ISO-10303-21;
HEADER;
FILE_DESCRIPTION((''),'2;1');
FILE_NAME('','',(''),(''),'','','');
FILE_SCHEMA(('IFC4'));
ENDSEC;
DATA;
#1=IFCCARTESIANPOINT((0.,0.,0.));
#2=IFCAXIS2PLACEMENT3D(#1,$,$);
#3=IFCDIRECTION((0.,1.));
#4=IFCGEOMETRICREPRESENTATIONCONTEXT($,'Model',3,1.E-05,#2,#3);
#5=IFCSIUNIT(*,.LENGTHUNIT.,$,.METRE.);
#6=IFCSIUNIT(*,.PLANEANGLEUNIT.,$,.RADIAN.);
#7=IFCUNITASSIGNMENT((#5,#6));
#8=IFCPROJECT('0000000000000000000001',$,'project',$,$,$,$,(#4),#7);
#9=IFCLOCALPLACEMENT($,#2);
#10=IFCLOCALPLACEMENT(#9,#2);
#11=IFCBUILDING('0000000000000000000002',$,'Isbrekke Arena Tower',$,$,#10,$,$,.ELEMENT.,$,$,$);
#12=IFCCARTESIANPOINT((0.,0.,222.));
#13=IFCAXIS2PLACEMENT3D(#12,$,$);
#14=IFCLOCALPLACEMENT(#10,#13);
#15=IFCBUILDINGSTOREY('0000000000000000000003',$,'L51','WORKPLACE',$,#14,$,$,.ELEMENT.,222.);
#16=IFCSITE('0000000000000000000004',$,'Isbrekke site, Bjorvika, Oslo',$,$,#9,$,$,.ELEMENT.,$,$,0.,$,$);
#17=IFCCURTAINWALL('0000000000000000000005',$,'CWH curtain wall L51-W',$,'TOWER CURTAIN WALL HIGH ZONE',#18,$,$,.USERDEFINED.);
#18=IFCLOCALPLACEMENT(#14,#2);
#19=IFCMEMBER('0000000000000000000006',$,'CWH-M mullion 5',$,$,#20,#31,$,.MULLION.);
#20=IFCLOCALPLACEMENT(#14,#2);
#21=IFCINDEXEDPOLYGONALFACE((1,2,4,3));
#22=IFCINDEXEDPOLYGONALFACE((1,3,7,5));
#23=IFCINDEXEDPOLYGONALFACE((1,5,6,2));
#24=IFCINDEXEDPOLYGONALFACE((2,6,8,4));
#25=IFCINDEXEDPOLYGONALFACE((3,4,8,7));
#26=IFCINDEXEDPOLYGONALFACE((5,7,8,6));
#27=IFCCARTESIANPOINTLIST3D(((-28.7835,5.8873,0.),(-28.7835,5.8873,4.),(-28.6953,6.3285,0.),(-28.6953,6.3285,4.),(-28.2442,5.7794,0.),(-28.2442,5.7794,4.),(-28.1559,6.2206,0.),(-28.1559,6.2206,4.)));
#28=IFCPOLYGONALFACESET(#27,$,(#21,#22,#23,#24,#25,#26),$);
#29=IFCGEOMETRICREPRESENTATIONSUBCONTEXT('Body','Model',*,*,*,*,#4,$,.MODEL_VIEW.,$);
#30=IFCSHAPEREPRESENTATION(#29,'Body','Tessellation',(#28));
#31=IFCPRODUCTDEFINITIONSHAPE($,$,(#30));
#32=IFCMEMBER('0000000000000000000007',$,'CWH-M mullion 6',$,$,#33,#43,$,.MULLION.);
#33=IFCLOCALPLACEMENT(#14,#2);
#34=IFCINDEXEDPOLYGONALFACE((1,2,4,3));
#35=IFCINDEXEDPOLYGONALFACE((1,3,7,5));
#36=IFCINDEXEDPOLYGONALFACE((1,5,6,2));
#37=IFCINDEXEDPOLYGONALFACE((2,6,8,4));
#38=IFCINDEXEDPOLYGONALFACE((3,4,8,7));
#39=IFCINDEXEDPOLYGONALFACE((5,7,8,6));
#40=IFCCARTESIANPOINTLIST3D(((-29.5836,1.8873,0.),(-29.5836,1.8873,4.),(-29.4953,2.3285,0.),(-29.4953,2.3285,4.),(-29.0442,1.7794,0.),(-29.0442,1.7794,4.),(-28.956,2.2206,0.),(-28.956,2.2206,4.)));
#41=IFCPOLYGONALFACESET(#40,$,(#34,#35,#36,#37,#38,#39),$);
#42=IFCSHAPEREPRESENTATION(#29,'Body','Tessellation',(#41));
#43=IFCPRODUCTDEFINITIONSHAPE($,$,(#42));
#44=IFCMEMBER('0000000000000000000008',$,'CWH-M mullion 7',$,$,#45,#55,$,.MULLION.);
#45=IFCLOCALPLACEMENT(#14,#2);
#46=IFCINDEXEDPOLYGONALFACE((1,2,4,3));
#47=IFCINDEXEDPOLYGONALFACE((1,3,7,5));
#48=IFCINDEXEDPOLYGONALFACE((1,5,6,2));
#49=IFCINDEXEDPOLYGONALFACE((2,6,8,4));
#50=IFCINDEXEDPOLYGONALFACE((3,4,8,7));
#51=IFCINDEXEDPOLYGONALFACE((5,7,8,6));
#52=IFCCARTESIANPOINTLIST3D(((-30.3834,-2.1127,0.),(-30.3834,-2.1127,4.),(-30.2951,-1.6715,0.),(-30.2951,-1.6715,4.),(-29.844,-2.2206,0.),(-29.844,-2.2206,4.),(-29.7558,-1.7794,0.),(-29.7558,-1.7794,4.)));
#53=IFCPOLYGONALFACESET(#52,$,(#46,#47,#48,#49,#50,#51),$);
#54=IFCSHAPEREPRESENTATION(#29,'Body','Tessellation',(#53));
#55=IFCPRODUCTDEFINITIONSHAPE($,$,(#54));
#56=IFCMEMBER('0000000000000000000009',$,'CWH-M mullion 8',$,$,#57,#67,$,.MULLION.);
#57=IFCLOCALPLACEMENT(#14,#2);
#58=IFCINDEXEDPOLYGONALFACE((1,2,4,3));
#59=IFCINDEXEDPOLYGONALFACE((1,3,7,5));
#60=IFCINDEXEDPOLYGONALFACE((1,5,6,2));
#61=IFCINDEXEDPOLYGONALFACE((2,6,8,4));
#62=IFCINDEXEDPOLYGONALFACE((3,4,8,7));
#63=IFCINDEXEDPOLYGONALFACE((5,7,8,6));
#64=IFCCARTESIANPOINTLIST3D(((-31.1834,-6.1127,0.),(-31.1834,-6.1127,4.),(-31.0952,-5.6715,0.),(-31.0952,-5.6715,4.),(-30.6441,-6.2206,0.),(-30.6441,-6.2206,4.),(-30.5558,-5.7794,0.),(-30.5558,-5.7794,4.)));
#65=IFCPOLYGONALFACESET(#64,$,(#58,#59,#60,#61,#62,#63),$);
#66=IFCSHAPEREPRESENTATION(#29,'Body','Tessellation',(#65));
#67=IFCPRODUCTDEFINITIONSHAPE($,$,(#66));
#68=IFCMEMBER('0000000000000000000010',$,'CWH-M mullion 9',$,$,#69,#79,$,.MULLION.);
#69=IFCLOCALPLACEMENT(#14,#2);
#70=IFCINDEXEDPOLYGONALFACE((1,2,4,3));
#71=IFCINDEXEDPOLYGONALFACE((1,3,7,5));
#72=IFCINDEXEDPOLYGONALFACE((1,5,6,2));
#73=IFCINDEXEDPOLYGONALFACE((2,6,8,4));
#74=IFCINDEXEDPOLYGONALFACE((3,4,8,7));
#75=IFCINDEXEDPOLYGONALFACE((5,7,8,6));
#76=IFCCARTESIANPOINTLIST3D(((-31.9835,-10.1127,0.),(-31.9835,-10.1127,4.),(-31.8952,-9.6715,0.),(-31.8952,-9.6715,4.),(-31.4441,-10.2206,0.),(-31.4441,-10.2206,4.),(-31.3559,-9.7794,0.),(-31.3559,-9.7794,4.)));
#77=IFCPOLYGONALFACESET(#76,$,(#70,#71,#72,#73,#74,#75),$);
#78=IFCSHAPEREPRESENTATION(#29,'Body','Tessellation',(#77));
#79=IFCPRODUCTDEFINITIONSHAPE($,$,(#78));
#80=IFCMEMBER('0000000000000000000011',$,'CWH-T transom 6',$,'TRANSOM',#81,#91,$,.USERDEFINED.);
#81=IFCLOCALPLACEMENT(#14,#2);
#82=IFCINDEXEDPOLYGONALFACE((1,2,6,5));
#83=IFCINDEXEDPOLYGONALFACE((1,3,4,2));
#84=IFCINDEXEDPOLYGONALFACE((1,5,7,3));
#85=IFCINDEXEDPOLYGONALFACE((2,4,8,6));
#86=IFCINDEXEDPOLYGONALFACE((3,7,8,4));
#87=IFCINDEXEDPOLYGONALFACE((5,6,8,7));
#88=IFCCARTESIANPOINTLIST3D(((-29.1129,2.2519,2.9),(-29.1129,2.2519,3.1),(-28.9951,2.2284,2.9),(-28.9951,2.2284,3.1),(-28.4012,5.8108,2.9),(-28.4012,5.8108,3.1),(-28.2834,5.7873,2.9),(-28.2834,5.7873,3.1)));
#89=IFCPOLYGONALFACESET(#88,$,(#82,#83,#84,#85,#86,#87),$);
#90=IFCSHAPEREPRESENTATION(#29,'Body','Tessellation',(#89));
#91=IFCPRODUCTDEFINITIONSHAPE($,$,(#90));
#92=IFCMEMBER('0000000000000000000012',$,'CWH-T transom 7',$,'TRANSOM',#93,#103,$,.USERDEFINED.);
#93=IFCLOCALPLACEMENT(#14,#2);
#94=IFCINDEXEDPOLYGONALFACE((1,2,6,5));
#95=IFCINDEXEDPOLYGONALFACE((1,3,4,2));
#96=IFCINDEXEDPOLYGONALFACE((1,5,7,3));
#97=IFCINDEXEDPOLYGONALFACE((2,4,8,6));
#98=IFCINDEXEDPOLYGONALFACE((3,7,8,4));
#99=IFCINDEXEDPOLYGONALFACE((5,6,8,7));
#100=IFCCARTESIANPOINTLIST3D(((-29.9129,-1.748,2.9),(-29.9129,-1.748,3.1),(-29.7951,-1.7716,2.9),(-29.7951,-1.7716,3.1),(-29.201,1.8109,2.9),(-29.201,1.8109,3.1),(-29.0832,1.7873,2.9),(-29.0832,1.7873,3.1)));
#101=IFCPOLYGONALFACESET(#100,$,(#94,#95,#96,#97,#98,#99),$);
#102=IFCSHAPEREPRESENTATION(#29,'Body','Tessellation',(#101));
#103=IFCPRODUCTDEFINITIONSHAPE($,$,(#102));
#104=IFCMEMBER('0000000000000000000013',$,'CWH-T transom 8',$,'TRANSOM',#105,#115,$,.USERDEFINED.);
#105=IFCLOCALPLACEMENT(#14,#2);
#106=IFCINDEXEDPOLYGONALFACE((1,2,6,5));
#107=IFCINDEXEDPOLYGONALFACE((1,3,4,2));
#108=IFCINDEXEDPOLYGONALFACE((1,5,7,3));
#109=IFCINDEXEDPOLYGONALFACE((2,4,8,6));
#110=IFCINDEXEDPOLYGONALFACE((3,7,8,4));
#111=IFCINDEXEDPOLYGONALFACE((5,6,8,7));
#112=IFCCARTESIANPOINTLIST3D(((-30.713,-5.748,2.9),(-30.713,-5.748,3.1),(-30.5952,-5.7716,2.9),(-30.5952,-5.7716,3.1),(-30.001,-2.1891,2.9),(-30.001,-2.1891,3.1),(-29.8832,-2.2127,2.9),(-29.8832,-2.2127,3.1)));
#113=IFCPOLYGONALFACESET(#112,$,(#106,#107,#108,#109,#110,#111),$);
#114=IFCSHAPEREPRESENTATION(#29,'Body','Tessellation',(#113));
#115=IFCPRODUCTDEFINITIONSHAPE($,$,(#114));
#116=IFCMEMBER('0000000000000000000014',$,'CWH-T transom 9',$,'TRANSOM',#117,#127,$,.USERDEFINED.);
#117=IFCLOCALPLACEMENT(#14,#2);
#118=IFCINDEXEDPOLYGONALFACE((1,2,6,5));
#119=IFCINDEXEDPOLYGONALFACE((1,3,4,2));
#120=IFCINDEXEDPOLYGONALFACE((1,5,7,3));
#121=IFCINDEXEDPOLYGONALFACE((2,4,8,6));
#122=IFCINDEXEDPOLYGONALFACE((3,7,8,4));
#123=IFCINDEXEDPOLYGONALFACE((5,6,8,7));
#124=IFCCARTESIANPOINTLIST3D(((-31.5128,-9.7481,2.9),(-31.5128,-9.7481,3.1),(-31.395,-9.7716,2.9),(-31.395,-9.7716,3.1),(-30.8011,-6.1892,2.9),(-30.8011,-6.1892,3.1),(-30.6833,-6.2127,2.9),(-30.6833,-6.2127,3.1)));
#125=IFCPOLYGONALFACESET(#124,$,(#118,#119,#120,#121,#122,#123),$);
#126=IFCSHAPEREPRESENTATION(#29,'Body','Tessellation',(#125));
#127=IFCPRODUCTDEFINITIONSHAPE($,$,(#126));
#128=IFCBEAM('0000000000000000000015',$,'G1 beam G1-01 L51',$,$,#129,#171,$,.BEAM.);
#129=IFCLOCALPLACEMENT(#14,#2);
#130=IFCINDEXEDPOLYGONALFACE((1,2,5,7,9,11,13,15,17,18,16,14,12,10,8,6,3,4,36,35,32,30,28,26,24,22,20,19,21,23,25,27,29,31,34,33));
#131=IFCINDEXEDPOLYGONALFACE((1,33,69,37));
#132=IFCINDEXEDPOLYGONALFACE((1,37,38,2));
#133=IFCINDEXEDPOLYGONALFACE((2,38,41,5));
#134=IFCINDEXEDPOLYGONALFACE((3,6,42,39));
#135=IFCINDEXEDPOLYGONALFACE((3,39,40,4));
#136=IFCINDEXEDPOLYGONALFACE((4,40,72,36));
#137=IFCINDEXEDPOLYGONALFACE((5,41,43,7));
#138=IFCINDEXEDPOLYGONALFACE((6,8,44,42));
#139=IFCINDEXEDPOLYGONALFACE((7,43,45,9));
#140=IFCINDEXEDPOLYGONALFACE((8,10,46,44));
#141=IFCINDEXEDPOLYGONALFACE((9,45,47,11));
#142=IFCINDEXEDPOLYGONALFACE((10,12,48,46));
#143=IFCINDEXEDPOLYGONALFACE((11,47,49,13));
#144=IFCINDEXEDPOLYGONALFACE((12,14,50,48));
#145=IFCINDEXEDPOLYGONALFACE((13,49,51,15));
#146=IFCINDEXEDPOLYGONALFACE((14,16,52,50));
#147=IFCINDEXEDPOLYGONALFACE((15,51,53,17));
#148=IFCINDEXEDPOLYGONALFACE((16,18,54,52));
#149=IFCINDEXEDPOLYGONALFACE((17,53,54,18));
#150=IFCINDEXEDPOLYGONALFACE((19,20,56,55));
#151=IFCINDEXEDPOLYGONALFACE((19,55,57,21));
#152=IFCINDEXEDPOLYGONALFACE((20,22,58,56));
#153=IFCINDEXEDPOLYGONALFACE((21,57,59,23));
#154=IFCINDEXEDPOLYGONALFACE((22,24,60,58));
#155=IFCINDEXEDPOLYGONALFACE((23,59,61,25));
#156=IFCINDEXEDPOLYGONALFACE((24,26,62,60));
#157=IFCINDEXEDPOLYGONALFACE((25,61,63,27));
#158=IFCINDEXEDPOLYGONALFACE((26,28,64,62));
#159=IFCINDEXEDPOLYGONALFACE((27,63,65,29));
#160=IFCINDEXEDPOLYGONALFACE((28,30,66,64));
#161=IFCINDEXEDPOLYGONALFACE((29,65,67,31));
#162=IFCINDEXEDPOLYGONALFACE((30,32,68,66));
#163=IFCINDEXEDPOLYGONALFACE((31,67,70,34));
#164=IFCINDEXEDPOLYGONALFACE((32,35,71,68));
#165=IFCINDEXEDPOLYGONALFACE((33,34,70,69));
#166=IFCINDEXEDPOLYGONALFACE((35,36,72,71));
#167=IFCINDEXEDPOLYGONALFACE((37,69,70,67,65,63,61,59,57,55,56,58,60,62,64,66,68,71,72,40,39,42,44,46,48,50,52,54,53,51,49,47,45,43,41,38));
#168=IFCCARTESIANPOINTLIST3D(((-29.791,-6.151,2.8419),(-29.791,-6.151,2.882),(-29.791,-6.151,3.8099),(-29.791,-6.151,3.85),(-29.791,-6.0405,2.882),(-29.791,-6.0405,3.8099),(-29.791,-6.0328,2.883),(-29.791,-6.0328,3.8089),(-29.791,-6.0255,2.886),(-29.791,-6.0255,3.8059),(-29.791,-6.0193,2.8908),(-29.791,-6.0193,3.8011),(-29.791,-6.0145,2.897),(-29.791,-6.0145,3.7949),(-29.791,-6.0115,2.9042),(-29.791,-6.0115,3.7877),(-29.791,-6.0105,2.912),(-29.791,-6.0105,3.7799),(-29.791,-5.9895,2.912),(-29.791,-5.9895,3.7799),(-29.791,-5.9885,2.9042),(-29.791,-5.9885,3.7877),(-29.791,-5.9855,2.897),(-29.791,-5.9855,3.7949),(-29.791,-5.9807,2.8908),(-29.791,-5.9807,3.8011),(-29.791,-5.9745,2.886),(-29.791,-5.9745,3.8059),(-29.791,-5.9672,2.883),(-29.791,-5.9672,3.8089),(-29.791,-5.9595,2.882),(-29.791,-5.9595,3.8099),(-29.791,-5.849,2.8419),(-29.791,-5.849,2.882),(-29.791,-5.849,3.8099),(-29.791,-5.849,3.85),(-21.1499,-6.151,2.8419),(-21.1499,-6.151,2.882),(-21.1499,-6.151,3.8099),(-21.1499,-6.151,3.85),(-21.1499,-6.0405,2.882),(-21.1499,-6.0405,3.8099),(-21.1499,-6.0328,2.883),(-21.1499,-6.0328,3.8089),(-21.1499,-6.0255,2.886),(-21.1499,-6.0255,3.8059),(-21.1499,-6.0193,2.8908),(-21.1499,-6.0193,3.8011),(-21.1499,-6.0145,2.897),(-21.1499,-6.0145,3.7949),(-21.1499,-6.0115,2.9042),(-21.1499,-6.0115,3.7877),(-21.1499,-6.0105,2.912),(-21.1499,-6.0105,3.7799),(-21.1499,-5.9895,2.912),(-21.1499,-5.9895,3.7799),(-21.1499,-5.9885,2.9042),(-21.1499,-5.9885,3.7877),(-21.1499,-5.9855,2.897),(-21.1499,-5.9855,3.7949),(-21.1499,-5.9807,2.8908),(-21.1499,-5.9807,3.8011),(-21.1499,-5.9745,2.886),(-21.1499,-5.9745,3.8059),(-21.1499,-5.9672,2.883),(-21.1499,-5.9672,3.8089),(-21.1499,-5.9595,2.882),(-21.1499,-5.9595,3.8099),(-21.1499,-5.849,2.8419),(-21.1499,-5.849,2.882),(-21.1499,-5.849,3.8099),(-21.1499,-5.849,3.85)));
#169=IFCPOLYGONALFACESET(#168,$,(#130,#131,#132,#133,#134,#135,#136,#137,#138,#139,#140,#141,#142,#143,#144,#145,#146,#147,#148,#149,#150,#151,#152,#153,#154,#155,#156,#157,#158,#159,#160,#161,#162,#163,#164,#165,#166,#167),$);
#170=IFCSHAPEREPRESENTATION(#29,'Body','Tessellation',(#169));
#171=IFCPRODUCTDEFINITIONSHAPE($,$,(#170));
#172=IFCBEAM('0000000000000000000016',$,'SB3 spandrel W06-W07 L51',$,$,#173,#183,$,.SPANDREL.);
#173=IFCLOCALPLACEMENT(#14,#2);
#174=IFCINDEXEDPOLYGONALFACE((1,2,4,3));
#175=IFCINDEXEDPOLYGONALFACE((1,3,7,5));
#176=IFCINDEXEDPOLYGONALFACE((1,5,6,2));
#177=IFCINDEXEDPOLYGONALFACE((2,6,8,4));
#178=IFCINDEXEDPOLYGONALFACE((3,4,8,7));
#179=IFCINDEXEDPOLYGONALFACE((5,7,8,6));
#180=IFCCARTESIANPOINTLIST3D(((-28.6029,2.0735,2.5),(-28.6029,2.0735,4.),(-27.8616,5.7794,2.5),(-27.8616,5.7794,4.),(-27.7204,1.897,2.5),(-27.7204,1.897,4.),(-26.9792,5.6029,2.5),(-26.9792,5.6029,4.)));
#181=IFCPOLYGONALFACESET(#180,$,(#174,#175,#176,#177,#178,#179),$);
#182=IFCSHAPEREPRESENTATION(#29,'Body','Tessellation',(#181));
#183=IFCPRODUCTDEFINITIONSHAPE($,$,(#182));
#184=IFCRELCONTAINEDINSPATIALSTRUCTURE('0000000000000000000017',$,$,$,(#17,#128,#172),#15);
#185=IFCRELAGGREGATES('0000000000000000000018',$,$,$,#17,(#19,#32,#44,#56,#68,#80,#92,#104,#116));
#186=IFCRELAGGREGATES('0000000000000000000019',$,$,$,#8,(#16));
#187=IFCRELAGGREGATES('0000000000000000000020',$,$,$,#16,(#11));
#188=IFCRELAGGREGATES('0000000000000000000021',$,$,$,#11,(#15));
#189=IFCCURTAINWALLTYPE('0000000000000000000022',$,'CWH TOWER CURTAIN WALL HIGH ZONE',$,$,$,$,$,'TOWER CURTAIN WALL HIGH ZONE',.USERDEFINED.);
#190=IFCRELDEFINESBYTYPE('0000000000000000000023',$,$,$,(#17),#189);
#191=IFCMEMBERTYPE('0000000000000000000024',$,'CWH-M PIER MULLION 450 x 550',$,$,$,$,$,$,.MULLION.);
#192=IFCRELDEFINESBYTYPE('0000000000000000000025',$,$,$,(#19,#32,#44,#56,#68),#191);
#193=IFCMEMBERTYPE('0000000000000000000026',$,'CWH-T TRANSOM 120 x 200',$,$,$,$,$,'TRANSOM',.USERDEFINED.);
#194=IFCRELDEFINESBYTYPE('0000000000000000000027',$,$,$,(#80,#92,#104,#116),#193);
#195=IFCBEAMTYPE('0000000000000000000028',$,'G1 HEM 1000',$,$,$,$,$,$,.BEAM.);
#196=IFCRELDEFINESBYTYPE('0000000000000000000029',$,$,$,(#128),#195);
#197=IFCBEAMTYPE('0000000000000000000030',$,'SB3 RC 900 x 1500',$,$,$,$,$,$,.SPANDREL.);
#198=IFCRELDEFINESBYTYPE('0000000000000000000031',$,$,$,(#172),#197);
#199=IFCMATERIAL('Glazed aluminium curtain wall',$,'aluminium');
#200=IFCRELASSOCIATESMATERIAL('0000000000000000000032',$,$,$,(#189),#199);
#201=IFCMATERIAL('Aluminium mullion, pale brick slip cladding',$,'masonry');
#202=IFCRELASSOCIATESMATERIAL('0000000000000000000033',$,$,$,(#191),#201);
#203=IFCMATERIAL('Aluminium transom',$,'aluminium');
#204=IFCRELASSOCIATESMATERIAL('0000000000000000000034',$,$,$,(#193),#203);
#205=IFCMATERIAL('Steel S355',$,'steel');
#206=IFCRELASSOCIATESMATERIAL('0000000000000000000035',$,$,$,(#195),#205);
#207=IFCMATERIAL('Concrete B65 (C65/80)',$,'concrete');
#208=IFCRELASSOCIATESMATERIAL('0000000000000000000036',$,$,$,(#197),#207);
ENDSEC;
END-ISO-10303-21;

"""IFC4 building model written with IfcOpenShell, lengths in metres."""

from ifc_helpers import new_model, si_unit, direction, frame, origin, origin_2d, place, context, subcontext, project, spatial, rectangle, i_section, extrude, material, material_profile, profile_set, type_object, element, aggregate, save


model = new_model("IFC4")

# Units and contexts
model_context = context("Model", 3, precision=1e-05, world=origin(), true_north=direction((0.0, 1.0)))
body_context = subcontext(model_context, "Body", "Model", "MODEL_VIEW")
ifc_project = project(units=[si_unit("LENGTHUNIT", "METRE"), si_unit("PLANEANGLEUNIT", "RADIAN")], contexts=[model_context])

# Site, building, storey
site_placement = place(None, origin())
site = spatial("IfcSite", under=ifc_project, at=site_placement, Name="Isbrekke site, Bjorvika, Oslo", CompositionType="ELEMENT", RefElevation=0.0)
building_placement = place(site_placement, origin())
building = spatial("IfcBuilding", under=site, at=building_placement, Name="Isbrekke Arena Tower", CompositionType="ELEMENT")
storey_placement = place(building_placement, frame((0.0, 0.0, 222.0)))
storey = spatial("IfcBuildingStorey", under=building, at=storey_placement, Name="L51", Description="WORKPLACE", CompositionType="ELEMENT", Elevation=222.0)

# Curtain wall, members
ifc_material_1 = material(Name="Glazed aluminium curtain wall", Category="aluminium")
curtain_wall_type = type_object("IfcCurtainWallType", Name="CWH TOWER CURTAIN WALL HIGH ZONE", ElementType="TOWER CURTAIN WALL HIGH ZONE", PredefinedType="USERDEFINED", material=ifc_material_1)
curtain_wall_placement = place(storey_placement, origin())
curtain_wall = element("IfcCurtainWall", 1, at=curtain_wall_placement, inside=storey, type_object=curtain_wall_type, Name="CWH curtain wall L51-W", ObjectType="TOWER CURTAIN WALL HIGH ZONE", PredefinedType="USERDEFINED")
ifc_material_2 = material(Name="Aluminium mullion, pale brick slip cladding", Category="masonry")
ifc_material_profile_1 = material_profile(ifc_material_2, rectangle(XDim=0.45, YDim=0.55, at=origin_2d()), Name="PIER 450X550")
ifc_profile_set_1 = profile_set([ifc_material_profile_1], Name="Aluminium mullion, pale brick slip cladding")
member_type_1 = type_object("IfcMemberType", Name="CWH-M PIER MULLION 450 x 550", PredefinedType="MULLION", material=ifc_profile_set_1)
member_1_placement = place(storey_placement, frame((-28.4697, 6.054, 0.0), z_axis=(0.0, 0.0, 1.0), x_axis=(-0.196116, -0.980581, 0.0)))
member_1 = element("IfcMember", 2, at=member_1_placement, type_object=member_type_1, Name="CWH-M mullion 5", PredefinedType="MULLION", context=body_context, shape_type="SweptSolid", body=[
    extrude(rectangle(XDim=0.45, YDim=0.55, at=origin_2d()), origin(), (0.0, 0.0, 1.0), 4.0),
])
member_2_placement = place(storey_placement, frame((-29.2698, 2.054, 0.0), z_axis=(0.0, 0.0, 1.0), x_axis=(-0.196116, -0.980581, 0.0)))
member_2 = element("IfcMember", 3, at=member_2_placement, type_object=member_type_1, Name="CWH-M mullion 6", PredefinedType="MULLION", context=body_context, shape_type="SweptSolid", body=[
    extrude(rectangle(XDim=0.45, YDim=0.55, at=origin_2d()), origin(), (0.0, 0.0, 1.0), 4.0),
])
member_3_placement = place(storey_placement, frame((-30.0696, -1.946, 0.0), z_axis=(0.0, 0.0, 1.0), x_axis=(-0.196116, -0.980581, 0.0)))
member_3 = element("IfcMember", 4, at=member_3_placement, type_object=member_type_1, Name="CWH-M mullion 7", PredefinedType="MULLION", context=body_context, shape_type="SweptSolid", body=[
    extrude(rectangle(XDim=0.45, YDim=0.55, at=origin_2d()), origin(), (0.0, 0.0, 1.0), 4.0),
])
member_4_placement = place(storey_placement, frame((-30.8696, -5.946, 0.0), z_axis=(0.0, 0.0, 1.0), x_axis=(-0.196116, -0.980581, 0.0)))
member_4 = element("IfcMember", 5, at=member_4_placement, type_object=member_type_1, Name="CWH-M mullion 8", PredefinedType="MULLION", context=body_context, shape_type="SweptSolid", body=[
    extrude(rectangle(XDim=0.45, YDim=0.55, at=origin_2d()), origin(), (0.0, 0.0, 1.0), 4.0),
])
member_5_placement = place(storey_placement, frame((-31.6697, -9.946, 0.0), z_axis=(0.0, 0.0, 1.0), x_axis=(-0.196116, -0.980581, 0.0)))
member_5 = element("IfcMember", 6, at=member_5_placement, type_object=member_type_1, Name="CWH-M mullion 9", PredefinedType="MULLION", context=body_context, shape_type="SweptSolid", body=[
    extrude(rectangle(XDim=0.45, YDim=0.55, at=origin_2d()), origin(), (0.0, 0.0, 1.0), 4.0),
])
ifc_material_3 = material(Name="Aluminium transom", Category="aluminium")
ifc_material_profile_2 = material_profile(ifc_material_3, rectangle(XDim=0.1201, YDim=0.2, at=origin_2d()), Name="TRANSOM 120X200")
ifc_profile_set_2 = profile_set([ifc_material_profile_2], Name="Aluminium transom")
member_type_2 = type_object("IfcMemberType", Name="CWH-T TRANSOM 120 x 200", ElementType="TRANSOM", PredefinedType="USERDEFINED", material=ifc_profile_set_2)
member_6_placement = place(storey_placement, frame((-28.3423, 5.7991, 3.0), z_axis=(-0.19609, -0.980586, 0.0), x_axis=(0.980586, -0.19609, 0.0)))
member_6 = element("IfcMember", 7, at=member_6_placement, type_object=member_type_2, Name="CWH-T transom 6", ObjectType="TRANSOM", PredefinedType="USERDEFINED", context=body_context, shape_type="SweptSolid", body=[
    extrude(rectangle(XDim=0.1201, YDim=0.2, at=origin_2d()), origin(), (0.0, 0.0, 1.0), 3.6294),
])
member_7_placement = place(storey_placement, frame((-29.1421, 1.7991, 3.0), z_axis=(-0.196155, -0.980573, 0.0), x_axis=(0.980573, -0.196155, 0.0)))
member_7 = element("IfcMember", 8, at=member_7_placement, type_object=member_type_2, Name="CWH-T transom 7", ObjectType="TRANSOM", PredefinedType="USERDEFINED", context=body_context, shape_type="SweptSolid", body=[
    extrude(rectangle(XDim=0.1201, YDim=0.2, at=origin_2d()), origin(), (0.0, 0.0, 1.0), 3.6294),
])
member_8_placement = place(storey_placement, frame((-29.9421, -2.2009, 3.0), z_axis=(-0.196155, -0.980573, 0.0), x_axis=(0.980573, -0.196155, 0.0)))
member_8 = element("IfcMember", 9, at=member_8_placement, type_object=member_type_2, Name="CWH-T transom 8", ObjectType="TRANSOM", PredefinedType="USERDEFINED", context=body_context, shape_type="SweptSolid", body=[
    extrude(rectangle(XDim=0.1201, YDim=0.2, at=origin_2d()), origin(), (0.0, 0.0, 1.0), 3.6294),
])
member_9_placement = place(storey_placement, frame((-30.7422, -6.2009, 3.0), z_axis=(-0.19609, -0.980586, 0.0), x_axis=(0.980586, -0.19609, 0.0)))
member_9 = element("IfcMember", 10, at=member_9_placement, type_object=member_type_2, Name="CWH-T transom 9", ObjectType="TRANSOM", PredefinedType="USERDEFINED", context=body_context, shape_type="SweptSolid", body=[
    extrude(rectangle(XDim=0.1201, YDim=0.2, at=origin_2d()), origin(), (0.0, 0.0, 1.0), 3.6294),
])

# Beams
ifc_material_4 = material(Name="Steel S355", Category="steel")
ifc_material_profile_3 = material_profile(ifc_material_4, i_section(OverallWidth=0.302, OverallDepth=1.0081, WebThickness=0.021, FlangeThickness=0.04, FilletRadius=0.03, at=origin_2d()), Name="HEM 1000")
ifc_profile_set_3 = profile_set([ifc_material_profile_3], Name="Steel S355")
beam_type_1 = type_object("IfcBeamType", Name="G1 HEM 1000", PredefinedType="BEAM", material=ifc_profile_set_3)
beam_1_placement = place(storey_placement, frame((-29.791, -6.0, 3.3459), z_axis=(1.0, 0.0, 0.0), x_axis=(0.0, 1.0, 0.0)))
element("IfcBeam", 11, at=beam_1_placement, inside=storey, type_object=beam_type_1, Name="G1 beam G1-01 L51", PredefinedType="BEAM", context=body_context, shape_type="SweptSolid", body=[
    extrude(i_section(OverallWidth=0.302, OverallDepth=1.0081, WebThickness=0.021, FlangeThickness=0.04, FilletRadius=0.03, at=origin_2d()), origin(), (0.0, 0.0, 1.0), 8.6411),
])
ifc_material_5 = material(Name="Concrete B65 (C65/80)", Category="concrete")
ifc_material_profile_4 = material_profile(ifc_material_5, rectangle(XDim=0.8999, YDim=1.5, at=origin_2d()), Name="RC 900x1500")
ifc_profile_set_4 = profile_set([ifc_material_profile_4], Name="Concrete B65 (C65/80)")
beam_type_2 = type_object("IfcBeamType", Name="SB3 RC 900 x 1500", PredefinedType="SPANDREL", material=ifc_profile_set_4)
for number, where, z_axis, x_axis, name in (
    (12, (-27.4204, 5.6912, 3.25), (-0.196129, -0.980578, 0.0), (0.980578, -0.196129, 0.0), "SB3 spandrel W06-W07 L51"),
):
    element("IfcBeam", number, at=place(storey_placement, frame(where, z_axis=z_axis, x_axis=x_axis)), inside=storey, type_object=beam_type_2, Name=name, PredefinedType="SPANDREL", context=body_context, shape_type="SweptSolid", body=[
        extrude(rectangle(XDim=0.8999, YDim=1.5, at=origin_2d()), origin(), (0.0, 0.0, 1.0), 3.7793),
    ])

aggregate(curtain_wall, [member_1, member_2, member_3, member_4, member_5, member_6, member_7, member_8, member_9])

save(model, "model.ifc")
